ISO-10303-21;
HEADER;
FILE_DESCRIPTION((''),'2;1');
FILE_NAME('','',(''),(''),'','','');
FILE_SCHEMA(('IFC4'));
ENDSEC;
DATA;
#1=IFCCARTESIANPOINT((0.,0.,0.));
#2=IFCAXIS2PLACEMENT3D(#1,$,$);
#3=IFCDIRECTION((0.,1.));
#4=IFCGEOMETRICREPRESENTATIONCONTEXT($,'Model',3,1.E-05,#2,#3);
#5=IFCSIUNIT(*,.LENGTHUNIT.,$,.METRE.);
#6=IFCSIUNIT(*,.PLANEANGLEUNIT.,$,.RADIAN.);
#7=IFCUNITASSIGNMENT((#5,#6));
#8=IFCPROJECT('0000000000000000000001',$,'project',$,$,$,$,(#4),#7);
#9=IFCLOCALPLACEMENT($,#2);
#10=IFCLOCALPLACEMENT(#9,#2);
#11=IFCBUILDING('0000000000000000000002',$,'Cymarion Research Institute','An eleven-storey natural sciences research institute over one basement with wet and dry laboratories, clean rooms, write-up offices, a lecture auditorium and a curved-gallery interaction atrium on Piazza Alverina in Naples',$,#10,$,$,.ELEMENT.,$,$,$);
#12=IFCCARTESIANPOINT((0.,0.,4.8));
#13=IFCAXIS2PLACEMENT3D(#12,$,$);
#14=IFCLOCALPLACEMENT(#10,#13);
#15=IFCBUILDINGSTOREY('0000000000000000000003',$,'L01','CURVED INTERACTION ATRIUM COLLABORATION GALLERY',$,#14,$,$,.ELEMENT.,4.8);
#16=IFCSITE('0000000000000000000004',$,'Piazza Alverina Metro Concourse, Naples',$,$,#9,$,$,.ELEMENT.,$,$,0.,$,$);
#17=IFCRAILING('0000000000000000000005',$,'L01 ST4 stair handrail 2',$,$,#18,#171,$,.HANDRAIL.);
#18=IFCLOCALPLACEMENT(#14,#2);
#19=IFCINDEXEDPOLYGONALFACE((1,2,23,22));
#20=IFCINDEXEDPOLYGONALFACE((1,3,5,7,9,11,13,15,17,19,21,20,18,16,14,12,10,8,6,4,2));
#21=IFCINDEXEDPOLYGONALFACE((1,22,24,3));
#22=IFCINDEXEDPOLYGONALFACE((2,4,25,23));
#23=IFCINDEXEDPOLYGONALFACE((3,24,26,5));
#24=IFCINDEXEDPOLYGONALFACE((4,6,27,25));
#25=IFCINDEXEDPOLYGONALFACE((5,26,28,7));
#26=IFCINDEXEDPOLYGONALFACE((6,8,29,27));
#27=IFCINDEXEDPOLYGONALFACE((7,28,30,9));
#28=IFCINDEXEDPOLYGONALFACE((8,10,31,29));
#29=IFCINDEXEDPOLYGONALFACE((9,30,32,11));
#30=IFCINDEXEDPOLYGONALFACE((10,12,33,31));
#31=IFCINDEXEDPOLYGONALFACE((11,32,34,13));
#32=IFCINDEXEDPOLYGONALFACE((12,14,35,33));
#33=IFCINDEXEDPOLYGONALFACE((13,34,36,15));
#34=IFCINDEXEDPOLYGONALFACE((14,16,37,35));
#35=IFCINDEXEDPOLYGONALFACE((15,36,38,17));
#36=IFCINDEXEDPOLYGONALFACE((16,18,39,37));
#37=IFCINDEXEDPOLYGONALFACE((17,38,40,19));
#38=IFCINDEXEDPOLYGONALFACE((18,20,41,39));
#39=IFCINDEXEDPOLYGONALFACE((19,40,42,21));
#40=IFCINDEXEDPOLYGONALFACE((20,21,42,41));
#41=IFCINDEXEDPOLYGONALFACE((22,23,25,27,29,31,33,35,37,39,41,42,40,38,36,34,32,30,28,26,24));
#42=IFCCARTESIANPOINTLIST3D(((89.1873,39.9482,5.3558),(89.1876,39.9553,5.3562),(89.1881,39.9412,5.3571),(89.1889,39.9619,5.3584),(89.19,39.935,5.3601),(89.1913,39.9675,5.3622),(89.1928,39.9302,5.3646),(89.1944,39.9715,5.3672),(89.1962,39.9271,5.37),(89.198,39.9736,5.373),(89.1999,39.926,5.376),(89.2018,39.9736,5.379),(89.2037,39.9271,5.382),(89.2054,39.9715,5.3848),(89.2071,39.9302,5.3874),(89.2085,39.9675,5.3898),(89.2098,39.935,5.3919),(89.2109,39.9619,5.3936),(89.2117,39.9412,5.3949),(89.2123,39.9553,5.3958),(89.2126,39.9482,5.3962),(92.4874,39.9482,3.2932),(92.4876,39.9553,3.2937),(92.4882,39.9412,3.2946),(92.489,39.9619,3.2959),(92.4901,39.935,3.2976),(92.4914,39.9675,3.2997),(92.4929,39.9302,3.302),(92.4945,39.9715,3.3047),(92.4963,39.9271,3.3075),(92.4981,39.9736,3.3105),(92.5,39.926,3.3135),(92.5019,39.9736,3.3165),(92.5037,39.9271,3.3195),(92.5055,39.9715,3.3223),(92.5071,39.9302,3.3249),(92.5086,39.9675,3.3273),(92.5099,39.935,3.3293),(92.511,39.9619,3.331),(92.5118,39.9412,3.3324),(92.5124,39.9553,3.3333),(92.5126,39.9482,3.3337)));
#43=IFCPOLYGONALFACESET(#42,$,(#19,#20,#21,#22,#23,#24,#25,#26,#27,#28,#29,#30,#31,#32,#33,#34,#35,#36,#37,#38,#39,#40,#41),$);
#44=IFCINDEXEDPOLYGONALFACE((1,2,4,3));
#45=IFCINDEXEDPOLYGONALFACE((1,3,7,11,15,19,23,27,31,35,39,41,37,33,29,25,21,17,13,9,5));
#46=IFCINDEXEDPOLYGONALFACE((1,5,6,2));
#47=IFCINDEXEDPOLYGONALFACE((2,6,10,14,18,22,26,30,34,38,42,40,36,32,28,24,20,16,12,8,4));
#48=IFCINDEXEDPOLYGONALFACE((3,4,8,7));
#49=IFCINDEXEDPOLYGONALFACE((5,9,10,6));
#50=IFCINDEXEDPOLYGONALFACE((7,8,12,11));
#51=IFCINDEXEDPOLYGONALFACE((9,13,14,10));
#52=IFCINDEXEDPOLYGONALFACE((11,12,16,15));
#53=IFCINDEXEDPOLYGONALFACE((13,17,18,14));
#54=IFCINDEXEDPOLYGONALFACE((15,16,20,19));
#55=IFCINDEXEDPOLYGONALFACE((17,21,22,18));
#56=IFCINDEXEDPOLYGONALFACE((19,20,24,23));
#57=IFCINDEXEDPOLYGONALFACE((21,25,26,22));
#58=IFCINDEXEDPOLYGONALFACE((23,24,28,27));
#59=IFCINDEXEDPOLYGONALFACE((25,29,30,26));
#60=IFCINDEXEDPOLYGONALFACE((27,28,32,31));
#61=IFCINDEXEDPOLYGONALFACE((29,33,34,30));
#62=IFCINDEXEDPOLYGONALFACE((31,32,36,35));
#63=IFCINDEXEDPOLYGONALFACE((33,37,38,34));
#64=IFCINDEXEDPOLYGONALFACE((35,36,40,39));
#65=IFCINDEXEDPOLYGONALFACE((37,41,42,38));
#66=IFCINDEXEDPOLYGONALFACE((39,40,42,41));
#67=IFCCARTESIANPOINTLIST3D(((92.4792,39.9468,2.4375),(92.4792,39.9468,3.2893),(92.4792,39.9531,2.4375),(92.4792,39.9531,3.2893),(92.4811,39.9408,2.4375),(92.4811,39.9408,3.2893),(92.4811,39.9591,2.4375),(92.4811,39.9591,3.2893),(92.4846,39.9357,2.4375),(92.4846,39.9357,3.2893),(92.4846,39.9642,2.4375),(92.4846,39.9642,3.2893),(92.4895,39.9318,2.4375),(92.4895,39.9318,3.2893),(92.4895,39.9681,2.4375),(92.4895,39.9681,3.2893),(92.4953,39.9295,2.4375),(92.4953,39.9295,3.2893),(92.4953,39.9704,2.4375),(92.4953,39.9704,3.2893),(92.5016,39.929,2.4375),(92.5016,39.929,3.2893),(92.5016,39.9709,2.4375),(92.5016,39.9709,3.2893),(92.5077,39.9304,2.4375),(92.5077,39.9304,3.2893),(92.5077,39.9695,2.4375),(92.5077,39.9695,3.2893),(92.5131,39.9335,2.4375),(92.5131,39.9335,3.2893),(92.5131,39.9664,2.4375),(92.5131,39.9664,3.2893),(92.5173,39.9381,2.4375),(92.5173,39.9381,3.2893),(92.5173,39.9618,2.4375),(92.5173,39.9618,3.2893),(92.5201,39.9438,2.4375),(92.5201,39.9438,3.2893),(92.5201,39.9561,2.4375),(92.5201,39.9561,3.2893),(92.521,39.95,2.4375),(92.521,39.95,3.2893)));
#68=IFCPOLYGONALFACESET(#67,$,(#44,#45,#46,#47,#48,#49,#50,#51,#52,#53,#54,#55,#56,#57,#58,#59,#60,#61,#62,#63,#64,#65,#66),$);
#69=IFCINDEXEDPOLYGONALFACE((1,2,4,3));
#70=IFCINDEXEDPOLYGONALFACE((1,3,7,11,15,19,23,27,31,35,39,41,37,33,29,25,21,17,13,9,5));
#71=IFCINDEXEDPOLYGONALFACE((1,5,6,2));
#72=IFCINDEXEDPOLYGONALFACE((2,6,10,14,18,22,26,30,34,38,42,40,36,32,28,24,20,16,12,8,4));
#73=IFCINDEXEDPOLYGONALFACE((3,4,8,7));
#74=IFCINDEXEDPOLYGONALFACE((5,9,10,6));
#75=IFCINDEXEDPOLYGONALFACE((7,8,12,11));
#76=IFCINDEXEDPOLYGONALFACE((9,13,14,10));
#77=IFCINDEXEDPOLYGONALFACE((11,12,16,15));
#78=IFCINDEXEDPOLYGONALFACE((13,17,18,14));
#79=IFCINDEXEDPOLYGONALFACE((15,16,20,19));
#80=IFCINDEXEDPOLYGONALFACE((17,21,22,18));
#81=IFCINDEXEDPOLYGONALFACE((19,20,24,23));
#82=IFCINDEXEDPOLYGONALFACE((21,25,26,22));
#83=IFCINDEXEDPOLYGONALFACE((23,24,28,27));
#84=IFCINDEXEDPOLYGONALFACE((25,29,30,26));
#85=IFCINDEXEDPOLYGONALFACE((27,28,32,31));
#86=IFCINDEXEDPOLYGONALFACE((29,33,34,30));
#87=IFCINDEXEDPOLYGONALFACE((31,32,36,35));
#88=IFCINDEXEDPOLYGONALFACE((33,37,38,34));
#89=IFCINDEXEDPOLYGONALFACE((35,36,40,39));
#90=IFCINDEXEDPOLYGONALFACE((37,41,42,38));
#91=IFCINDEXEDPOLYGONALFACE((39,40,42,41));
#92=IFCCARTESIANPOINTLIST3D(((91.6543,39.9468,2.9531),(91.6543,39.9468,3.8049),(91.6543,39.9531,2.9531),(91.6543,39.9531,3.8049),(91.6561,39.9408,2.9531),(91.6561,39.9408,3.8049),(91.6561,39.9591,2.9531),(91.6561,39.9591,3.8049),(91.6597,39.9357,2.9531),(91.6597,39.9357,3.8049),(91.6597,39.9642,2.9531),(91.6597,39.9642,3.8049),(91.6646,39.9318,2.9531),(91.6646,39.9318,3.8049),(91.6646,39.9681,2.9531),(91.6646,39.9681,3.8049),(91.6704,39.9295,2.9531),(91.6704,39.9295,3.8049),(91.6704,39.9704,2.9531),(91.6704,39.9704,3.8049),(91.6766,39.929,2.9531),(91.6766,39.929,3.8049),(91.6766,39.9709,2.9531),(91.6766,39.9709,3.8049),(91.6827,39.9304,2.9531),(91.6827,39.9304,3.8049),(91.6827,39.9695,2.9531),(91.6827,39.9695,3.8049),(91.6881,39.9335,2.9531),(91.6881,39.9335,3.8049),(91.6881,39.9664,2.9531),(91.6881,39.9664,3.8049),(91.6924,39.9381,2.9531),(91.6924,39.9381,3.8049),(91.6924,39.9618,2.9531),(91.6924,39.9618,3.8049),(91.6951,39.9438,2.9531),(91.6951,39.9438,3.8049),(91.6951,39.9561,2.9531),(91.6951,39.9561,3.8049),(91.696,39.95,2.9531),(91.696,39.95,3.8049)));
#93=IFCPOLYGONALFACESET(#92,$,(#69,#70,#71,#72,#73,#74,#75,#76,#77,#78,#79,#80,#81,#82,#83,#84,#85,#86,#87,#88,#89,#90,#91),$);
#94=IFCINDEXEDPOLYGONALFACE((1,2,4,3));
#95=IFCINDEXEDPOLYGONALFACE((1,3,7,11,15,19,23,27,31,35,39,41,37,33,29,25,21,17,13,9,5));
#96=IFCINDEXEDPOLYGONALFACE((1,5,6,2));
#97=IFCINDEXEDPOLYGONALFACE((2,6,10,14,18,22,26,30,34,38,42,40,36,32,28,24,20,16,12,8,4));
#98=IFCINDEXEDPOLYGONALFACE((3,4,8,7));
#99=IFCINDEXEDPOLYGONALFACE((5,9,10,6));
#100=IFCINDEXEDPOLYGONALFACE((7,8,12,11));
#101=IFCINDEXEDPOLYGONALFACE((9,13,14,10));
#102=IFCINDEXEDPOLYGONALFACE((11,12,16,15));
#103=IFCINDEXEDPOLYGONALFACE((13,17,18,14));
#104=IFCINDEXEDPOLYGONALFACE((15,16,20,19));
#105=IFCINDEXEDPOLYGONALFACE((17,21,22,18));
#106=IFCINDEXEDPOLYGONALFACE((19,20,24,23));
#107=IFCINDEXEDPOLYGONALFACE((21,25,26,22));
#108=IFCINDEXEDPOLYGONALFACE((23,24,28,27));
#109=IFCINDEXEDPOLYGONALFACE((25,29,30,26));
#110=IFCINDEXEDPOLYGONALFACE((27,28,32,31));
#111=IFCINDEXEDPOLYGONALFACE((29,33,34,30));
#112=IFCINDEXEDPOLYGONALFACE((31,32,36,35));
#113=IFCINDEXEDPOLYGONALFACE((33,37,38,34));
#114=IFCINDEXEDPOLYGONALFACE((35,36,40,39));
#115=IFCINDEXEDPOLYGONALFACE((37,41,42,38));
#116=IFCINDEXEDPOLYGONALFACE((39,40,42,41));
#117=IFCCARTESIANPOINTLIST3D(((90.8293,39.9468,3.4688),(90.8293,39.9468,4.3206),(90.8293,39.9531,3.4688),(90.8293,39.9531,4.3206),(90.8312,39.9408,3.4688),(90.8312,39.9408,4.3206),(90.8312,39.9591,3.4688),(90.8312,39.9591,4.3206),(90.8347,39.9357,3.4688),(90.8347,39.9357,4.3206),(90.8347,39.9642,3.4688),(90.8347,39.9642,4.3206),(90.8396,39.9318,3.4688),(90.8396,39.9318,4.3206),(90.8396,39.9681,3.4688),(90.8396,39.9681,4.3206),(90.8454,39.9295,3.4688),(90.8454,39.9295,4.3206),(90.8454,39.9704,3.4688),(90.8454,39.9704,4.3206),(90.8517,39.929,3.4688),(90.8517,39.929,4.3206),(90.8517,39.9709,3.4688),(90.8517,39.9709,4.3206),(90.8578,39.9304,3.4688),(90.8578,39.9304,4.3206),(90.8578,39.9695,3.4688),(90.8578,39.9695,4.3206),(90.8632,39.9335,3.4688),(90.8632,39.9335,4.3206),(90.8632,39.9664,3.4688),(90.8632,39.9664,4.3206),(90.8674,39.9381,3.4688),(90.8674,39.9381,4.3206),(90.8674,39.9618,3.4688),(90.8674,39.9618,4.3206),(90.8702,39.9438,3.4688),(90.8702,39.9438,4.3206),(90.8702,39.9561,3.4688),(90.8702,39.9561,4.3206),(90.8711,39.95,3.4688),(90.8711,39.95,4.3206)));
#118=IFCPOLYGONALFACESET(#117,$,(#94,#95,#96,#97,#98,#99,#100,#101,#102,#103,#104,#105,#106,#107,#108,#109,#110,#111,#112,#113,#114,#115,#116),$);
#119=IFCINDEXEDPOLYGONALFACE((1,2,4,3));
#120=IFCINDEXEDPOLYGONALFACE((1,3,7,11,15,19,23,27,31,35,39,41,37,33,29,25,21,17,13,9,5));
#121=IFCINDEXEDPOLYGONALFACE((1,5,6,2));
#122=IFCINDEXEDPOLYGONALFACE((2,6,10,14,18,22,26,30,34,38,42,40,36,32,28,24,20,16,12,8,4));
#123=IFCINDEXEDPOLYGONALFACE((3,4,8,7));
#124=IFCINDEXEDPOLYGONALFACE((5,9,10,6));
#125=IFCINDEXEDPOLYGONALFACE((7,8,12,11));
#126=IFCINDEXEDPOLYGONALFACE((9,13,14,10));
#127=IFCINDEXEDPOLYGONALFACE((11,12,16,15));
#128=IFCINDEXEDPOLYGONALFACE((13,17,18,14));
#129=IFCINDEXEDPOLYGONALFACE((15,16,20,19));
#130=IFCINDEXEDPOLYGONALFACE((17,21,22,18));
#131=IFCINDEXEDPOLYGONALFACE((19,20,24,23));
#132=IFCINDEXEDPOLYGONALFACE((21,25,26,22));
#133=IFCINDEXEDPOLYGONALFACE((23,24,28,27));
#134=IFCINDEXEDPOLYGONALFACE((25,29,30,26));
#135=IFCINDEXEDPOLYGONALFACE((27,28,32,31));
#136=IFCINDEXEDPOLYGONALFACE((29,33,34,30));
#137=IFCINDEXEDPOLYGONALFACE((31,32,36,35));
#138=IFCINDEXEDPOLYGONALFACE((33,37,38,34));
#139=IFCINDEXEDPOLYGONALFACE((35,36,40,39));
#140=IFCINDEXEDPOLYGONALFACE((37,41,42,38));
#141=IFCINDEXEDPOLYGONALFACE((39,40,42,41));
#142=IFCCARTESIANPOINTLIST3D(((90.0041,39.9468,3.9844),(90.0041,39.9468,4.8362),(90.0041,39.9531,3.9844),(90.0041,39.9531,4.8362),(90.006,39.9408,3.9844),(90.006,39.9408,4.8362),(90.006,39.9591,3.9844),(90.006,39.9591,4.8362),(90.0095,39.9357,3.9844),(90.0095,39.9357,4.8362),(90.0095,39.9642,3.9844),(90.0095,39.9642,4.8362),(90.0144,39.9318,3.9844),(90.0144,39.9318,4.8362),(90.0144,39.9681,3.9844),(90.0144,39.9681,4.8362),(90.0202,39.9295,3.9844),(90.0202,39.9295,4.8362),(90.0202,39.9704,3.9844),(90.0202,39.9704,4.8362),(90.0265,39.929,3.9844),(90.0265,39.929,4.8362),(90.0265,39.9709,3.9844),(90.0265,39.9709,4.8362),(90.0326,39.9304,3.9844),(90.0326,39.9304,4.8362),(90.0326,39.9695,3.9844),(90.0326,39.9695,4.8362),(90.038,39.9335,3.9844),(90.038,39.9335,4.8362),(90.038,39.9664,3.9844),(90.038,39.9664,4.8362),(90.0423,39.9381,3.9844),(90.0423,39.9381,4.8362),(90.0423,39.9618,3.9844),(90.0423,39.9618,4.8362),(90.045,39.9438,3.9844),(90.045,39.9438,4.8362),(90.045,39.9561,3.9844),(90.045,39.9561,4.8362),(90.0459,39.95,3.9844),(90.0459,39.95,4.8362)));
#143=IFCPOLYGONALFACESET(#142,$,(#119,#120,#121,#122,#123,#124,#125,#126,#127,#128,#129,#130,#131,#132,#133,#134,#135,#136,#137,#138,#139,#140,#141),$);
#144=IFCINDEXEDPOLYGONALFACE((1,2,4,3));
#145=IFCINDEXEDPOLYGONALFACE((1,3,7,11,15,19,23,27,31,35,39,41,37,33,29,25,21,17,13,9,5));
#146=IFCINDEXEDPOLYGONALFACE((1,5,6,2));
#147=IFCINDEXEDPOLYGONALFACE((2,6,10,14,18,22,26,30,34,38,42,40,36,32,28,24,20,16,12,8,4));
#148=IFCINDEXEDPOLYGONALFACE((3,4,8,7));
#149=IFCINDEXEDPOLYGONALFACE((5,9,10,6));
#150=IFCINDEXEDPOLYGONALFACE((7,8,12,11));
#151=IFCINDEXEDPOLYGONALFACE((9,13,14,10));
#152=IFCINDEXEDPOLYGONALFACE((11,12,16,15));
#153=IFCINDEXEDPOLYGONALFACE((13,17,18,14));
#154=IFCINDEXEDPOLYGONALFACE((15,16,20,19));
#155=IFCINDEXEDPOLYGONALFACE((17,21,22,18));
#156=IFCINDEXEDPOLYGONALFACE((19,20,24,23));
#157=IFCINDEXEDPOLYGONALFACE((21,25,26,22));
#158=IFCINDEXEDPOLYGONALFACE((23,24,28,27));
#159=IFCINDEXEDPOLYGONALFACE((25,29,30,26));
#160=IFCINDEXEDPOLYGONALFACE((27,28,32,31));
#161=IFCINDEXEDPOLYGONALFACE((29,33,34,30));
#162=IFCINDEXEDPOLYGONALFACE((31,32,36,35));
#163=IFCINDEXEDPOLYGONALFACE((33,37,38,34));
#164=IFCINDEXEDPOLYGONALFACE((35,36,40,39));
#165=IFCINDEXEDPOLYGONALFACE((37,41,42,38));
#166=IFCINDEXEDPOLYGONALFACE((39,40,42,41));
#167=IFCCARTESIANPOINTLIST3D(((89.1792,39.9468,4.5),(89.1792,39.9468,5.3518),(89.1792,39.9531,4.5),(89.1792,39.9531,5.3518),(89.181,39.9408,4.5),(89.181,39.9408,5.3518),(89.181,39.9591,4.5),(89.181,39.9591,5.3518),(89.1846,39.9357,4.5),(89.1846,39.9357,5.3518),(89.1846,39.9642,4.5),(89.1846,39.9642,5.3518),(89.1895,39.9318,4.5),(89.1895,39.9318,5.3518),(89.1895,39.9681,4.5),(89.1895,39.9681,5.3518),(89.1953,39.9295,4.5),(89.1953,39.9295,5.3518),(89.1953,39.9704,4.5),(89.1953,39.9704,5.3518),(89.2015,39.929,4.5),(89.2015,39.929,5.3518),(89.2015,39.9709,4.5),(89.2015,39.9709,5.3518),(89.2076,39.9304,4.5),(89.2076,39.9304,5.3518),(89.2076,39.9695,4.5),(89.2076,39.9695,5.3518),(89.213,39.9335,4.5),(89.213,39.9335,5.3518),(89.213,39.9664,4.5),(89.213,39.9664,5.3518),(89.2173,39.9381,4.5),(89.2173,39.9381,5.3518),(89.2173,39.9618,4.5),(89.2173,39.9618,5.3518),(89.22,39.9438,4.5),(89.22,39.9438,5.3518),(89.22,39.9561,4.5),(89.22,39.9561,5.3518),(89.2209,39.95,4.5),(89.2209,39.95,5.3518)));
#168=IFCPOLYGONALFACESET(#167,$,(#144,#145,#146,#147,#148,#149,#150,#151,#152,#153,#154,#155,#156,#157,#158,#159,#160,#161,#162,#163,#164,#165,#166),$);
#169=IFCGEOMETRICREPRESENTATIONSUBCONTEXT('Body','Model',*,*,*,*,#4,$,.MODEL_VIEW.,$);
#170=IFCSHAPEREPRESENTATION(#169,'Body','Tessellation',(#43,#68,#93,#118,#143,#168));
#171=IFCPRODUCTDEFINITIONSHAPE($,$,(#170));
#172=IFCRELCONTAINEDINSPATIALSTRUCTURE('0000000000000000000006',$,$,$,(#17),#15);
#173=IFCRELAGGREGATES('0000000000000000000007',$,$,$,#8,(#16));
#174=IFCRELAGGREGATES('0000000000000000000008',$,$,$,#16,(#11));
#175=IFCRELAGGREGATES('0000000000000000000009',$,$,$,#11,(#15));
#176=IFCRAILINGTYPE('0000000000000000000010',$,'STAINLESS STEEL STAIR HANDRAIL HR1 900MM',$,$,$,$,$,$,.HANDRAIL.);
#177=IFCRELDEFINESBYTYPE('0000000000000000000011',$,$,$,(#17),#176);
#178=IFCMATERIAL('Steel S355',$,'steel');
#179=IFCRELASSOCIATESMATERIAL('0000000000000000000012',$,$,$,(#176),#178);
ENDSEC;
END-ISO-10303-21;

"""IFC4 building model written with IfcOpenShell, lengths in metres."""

from ifc_helpers import new_model, si_unit, direction, frame, origin, origin_2d, place, context, subcontext, project, spatial, circle, extrude, material, type_object, element, save


model = new_model("IFC4")

# Units and contexts
model_context = context("Model", 3, precision=1e-05, world=origin(), true_north=direction((0.0, 1.0)))
body_context = subcontext(model_context, "Body", "Model", "MODEL_VIEW")
ifc_project = project(units=[si_unit("LENGTHUNIT", "METRE"), si_unit("PLANEANGLEUNIT", "RADIAN")], contexts=[model_context])

# Site, building, storey
site_placement = place(None, origin())
site = spatial("IfcSite", under=ifc_project, at=site_placement, Name="Piazza Alverina Metro Concourse, Naples", CompositionType="ELEMENT", RefElevation=0.0)
building_placement = place(site_placement, origin())
building = spatial("IfcBuilding", under=site, at=building_placement, Name="Cymarion Research Institute", Description="An eleven-storey natural sciences research institute over one basement with wet and dry laboratories, clean rooms, write-up offices, a lecture auditorium and a curved-gallery interaction atrium on Piazza Alverina in Naples", CompositionType="ELEMENT")
storey_placement = place(building_placement, frame((0.0, 0.0, 4.8)))
storey = spatial("IfcBuildingStorey", under=building, at=storey_placement, Name="L01", Description="CURVED INTERACTION ATRIUM COLLABORATION GALLERY", CompositionType="ELEMENT", Elevation=4.8)

# Shared definitions
ifc_material_1 = material(Name="Steel S355", Category="steel")

# Railing
railing_type_1 = type_object("IfcRailingType", Name="STAINLESS STEEL STAIR HANDRAIL HR1 900MM", PredefinedType="HANDRAIL", material=ifc_material_1)
railing_1_placement = place(storey_placement, frame((92.5, 39.95, 2.4375)))
element("IfcRailing", 1, at=railing_1_placement, inside=storey, type_object=railing_type_1, Name="L01 ST4 stair handrail 2", PredefinedType="HANDRAIL", context=body_context, shape_type="SweptSolid", body=[
    extrude(circle(Radius=0.0239, at=origin_2d()), frame((0.0, 0.0, 0.876), z_axis=(-0.848002, 0.0, 0.529993), x_axis=(0.0, -1.0, 0.0)), (0.0, 0.0, 1.0), 3.8916),
    extrude(circle(Radius=0.021, at=origin_2d()), origin(), (0.0, 0.0, 1.0), 0.8518),
    extrude(circle(Radius=0.021, at=origin_2d()), frame((-0.825, 0.0, 0.5156)), (0.0, 0.0, 1.0), 0.8518),
    extrude(circle(Radius=0.021, at=origin_2d()), frame((-1.6499, 0.0, 1.0312)), (0.0, 0.0, 1.0), 0.8518),
    extrude(circle(Radius=0.021, at=origin_2d()), frame((-2.4751, 0.0, 1.5469)), (0.0, 0.0, 1.0), 0.8518),
    extrude(circle(Radius=0.021, at=origin_2d()), frame((-3.3, 0.0, 2.0625)), (0.0, 0.0, 1.0), 0.8518),
])

save(model, "model.ifc")
